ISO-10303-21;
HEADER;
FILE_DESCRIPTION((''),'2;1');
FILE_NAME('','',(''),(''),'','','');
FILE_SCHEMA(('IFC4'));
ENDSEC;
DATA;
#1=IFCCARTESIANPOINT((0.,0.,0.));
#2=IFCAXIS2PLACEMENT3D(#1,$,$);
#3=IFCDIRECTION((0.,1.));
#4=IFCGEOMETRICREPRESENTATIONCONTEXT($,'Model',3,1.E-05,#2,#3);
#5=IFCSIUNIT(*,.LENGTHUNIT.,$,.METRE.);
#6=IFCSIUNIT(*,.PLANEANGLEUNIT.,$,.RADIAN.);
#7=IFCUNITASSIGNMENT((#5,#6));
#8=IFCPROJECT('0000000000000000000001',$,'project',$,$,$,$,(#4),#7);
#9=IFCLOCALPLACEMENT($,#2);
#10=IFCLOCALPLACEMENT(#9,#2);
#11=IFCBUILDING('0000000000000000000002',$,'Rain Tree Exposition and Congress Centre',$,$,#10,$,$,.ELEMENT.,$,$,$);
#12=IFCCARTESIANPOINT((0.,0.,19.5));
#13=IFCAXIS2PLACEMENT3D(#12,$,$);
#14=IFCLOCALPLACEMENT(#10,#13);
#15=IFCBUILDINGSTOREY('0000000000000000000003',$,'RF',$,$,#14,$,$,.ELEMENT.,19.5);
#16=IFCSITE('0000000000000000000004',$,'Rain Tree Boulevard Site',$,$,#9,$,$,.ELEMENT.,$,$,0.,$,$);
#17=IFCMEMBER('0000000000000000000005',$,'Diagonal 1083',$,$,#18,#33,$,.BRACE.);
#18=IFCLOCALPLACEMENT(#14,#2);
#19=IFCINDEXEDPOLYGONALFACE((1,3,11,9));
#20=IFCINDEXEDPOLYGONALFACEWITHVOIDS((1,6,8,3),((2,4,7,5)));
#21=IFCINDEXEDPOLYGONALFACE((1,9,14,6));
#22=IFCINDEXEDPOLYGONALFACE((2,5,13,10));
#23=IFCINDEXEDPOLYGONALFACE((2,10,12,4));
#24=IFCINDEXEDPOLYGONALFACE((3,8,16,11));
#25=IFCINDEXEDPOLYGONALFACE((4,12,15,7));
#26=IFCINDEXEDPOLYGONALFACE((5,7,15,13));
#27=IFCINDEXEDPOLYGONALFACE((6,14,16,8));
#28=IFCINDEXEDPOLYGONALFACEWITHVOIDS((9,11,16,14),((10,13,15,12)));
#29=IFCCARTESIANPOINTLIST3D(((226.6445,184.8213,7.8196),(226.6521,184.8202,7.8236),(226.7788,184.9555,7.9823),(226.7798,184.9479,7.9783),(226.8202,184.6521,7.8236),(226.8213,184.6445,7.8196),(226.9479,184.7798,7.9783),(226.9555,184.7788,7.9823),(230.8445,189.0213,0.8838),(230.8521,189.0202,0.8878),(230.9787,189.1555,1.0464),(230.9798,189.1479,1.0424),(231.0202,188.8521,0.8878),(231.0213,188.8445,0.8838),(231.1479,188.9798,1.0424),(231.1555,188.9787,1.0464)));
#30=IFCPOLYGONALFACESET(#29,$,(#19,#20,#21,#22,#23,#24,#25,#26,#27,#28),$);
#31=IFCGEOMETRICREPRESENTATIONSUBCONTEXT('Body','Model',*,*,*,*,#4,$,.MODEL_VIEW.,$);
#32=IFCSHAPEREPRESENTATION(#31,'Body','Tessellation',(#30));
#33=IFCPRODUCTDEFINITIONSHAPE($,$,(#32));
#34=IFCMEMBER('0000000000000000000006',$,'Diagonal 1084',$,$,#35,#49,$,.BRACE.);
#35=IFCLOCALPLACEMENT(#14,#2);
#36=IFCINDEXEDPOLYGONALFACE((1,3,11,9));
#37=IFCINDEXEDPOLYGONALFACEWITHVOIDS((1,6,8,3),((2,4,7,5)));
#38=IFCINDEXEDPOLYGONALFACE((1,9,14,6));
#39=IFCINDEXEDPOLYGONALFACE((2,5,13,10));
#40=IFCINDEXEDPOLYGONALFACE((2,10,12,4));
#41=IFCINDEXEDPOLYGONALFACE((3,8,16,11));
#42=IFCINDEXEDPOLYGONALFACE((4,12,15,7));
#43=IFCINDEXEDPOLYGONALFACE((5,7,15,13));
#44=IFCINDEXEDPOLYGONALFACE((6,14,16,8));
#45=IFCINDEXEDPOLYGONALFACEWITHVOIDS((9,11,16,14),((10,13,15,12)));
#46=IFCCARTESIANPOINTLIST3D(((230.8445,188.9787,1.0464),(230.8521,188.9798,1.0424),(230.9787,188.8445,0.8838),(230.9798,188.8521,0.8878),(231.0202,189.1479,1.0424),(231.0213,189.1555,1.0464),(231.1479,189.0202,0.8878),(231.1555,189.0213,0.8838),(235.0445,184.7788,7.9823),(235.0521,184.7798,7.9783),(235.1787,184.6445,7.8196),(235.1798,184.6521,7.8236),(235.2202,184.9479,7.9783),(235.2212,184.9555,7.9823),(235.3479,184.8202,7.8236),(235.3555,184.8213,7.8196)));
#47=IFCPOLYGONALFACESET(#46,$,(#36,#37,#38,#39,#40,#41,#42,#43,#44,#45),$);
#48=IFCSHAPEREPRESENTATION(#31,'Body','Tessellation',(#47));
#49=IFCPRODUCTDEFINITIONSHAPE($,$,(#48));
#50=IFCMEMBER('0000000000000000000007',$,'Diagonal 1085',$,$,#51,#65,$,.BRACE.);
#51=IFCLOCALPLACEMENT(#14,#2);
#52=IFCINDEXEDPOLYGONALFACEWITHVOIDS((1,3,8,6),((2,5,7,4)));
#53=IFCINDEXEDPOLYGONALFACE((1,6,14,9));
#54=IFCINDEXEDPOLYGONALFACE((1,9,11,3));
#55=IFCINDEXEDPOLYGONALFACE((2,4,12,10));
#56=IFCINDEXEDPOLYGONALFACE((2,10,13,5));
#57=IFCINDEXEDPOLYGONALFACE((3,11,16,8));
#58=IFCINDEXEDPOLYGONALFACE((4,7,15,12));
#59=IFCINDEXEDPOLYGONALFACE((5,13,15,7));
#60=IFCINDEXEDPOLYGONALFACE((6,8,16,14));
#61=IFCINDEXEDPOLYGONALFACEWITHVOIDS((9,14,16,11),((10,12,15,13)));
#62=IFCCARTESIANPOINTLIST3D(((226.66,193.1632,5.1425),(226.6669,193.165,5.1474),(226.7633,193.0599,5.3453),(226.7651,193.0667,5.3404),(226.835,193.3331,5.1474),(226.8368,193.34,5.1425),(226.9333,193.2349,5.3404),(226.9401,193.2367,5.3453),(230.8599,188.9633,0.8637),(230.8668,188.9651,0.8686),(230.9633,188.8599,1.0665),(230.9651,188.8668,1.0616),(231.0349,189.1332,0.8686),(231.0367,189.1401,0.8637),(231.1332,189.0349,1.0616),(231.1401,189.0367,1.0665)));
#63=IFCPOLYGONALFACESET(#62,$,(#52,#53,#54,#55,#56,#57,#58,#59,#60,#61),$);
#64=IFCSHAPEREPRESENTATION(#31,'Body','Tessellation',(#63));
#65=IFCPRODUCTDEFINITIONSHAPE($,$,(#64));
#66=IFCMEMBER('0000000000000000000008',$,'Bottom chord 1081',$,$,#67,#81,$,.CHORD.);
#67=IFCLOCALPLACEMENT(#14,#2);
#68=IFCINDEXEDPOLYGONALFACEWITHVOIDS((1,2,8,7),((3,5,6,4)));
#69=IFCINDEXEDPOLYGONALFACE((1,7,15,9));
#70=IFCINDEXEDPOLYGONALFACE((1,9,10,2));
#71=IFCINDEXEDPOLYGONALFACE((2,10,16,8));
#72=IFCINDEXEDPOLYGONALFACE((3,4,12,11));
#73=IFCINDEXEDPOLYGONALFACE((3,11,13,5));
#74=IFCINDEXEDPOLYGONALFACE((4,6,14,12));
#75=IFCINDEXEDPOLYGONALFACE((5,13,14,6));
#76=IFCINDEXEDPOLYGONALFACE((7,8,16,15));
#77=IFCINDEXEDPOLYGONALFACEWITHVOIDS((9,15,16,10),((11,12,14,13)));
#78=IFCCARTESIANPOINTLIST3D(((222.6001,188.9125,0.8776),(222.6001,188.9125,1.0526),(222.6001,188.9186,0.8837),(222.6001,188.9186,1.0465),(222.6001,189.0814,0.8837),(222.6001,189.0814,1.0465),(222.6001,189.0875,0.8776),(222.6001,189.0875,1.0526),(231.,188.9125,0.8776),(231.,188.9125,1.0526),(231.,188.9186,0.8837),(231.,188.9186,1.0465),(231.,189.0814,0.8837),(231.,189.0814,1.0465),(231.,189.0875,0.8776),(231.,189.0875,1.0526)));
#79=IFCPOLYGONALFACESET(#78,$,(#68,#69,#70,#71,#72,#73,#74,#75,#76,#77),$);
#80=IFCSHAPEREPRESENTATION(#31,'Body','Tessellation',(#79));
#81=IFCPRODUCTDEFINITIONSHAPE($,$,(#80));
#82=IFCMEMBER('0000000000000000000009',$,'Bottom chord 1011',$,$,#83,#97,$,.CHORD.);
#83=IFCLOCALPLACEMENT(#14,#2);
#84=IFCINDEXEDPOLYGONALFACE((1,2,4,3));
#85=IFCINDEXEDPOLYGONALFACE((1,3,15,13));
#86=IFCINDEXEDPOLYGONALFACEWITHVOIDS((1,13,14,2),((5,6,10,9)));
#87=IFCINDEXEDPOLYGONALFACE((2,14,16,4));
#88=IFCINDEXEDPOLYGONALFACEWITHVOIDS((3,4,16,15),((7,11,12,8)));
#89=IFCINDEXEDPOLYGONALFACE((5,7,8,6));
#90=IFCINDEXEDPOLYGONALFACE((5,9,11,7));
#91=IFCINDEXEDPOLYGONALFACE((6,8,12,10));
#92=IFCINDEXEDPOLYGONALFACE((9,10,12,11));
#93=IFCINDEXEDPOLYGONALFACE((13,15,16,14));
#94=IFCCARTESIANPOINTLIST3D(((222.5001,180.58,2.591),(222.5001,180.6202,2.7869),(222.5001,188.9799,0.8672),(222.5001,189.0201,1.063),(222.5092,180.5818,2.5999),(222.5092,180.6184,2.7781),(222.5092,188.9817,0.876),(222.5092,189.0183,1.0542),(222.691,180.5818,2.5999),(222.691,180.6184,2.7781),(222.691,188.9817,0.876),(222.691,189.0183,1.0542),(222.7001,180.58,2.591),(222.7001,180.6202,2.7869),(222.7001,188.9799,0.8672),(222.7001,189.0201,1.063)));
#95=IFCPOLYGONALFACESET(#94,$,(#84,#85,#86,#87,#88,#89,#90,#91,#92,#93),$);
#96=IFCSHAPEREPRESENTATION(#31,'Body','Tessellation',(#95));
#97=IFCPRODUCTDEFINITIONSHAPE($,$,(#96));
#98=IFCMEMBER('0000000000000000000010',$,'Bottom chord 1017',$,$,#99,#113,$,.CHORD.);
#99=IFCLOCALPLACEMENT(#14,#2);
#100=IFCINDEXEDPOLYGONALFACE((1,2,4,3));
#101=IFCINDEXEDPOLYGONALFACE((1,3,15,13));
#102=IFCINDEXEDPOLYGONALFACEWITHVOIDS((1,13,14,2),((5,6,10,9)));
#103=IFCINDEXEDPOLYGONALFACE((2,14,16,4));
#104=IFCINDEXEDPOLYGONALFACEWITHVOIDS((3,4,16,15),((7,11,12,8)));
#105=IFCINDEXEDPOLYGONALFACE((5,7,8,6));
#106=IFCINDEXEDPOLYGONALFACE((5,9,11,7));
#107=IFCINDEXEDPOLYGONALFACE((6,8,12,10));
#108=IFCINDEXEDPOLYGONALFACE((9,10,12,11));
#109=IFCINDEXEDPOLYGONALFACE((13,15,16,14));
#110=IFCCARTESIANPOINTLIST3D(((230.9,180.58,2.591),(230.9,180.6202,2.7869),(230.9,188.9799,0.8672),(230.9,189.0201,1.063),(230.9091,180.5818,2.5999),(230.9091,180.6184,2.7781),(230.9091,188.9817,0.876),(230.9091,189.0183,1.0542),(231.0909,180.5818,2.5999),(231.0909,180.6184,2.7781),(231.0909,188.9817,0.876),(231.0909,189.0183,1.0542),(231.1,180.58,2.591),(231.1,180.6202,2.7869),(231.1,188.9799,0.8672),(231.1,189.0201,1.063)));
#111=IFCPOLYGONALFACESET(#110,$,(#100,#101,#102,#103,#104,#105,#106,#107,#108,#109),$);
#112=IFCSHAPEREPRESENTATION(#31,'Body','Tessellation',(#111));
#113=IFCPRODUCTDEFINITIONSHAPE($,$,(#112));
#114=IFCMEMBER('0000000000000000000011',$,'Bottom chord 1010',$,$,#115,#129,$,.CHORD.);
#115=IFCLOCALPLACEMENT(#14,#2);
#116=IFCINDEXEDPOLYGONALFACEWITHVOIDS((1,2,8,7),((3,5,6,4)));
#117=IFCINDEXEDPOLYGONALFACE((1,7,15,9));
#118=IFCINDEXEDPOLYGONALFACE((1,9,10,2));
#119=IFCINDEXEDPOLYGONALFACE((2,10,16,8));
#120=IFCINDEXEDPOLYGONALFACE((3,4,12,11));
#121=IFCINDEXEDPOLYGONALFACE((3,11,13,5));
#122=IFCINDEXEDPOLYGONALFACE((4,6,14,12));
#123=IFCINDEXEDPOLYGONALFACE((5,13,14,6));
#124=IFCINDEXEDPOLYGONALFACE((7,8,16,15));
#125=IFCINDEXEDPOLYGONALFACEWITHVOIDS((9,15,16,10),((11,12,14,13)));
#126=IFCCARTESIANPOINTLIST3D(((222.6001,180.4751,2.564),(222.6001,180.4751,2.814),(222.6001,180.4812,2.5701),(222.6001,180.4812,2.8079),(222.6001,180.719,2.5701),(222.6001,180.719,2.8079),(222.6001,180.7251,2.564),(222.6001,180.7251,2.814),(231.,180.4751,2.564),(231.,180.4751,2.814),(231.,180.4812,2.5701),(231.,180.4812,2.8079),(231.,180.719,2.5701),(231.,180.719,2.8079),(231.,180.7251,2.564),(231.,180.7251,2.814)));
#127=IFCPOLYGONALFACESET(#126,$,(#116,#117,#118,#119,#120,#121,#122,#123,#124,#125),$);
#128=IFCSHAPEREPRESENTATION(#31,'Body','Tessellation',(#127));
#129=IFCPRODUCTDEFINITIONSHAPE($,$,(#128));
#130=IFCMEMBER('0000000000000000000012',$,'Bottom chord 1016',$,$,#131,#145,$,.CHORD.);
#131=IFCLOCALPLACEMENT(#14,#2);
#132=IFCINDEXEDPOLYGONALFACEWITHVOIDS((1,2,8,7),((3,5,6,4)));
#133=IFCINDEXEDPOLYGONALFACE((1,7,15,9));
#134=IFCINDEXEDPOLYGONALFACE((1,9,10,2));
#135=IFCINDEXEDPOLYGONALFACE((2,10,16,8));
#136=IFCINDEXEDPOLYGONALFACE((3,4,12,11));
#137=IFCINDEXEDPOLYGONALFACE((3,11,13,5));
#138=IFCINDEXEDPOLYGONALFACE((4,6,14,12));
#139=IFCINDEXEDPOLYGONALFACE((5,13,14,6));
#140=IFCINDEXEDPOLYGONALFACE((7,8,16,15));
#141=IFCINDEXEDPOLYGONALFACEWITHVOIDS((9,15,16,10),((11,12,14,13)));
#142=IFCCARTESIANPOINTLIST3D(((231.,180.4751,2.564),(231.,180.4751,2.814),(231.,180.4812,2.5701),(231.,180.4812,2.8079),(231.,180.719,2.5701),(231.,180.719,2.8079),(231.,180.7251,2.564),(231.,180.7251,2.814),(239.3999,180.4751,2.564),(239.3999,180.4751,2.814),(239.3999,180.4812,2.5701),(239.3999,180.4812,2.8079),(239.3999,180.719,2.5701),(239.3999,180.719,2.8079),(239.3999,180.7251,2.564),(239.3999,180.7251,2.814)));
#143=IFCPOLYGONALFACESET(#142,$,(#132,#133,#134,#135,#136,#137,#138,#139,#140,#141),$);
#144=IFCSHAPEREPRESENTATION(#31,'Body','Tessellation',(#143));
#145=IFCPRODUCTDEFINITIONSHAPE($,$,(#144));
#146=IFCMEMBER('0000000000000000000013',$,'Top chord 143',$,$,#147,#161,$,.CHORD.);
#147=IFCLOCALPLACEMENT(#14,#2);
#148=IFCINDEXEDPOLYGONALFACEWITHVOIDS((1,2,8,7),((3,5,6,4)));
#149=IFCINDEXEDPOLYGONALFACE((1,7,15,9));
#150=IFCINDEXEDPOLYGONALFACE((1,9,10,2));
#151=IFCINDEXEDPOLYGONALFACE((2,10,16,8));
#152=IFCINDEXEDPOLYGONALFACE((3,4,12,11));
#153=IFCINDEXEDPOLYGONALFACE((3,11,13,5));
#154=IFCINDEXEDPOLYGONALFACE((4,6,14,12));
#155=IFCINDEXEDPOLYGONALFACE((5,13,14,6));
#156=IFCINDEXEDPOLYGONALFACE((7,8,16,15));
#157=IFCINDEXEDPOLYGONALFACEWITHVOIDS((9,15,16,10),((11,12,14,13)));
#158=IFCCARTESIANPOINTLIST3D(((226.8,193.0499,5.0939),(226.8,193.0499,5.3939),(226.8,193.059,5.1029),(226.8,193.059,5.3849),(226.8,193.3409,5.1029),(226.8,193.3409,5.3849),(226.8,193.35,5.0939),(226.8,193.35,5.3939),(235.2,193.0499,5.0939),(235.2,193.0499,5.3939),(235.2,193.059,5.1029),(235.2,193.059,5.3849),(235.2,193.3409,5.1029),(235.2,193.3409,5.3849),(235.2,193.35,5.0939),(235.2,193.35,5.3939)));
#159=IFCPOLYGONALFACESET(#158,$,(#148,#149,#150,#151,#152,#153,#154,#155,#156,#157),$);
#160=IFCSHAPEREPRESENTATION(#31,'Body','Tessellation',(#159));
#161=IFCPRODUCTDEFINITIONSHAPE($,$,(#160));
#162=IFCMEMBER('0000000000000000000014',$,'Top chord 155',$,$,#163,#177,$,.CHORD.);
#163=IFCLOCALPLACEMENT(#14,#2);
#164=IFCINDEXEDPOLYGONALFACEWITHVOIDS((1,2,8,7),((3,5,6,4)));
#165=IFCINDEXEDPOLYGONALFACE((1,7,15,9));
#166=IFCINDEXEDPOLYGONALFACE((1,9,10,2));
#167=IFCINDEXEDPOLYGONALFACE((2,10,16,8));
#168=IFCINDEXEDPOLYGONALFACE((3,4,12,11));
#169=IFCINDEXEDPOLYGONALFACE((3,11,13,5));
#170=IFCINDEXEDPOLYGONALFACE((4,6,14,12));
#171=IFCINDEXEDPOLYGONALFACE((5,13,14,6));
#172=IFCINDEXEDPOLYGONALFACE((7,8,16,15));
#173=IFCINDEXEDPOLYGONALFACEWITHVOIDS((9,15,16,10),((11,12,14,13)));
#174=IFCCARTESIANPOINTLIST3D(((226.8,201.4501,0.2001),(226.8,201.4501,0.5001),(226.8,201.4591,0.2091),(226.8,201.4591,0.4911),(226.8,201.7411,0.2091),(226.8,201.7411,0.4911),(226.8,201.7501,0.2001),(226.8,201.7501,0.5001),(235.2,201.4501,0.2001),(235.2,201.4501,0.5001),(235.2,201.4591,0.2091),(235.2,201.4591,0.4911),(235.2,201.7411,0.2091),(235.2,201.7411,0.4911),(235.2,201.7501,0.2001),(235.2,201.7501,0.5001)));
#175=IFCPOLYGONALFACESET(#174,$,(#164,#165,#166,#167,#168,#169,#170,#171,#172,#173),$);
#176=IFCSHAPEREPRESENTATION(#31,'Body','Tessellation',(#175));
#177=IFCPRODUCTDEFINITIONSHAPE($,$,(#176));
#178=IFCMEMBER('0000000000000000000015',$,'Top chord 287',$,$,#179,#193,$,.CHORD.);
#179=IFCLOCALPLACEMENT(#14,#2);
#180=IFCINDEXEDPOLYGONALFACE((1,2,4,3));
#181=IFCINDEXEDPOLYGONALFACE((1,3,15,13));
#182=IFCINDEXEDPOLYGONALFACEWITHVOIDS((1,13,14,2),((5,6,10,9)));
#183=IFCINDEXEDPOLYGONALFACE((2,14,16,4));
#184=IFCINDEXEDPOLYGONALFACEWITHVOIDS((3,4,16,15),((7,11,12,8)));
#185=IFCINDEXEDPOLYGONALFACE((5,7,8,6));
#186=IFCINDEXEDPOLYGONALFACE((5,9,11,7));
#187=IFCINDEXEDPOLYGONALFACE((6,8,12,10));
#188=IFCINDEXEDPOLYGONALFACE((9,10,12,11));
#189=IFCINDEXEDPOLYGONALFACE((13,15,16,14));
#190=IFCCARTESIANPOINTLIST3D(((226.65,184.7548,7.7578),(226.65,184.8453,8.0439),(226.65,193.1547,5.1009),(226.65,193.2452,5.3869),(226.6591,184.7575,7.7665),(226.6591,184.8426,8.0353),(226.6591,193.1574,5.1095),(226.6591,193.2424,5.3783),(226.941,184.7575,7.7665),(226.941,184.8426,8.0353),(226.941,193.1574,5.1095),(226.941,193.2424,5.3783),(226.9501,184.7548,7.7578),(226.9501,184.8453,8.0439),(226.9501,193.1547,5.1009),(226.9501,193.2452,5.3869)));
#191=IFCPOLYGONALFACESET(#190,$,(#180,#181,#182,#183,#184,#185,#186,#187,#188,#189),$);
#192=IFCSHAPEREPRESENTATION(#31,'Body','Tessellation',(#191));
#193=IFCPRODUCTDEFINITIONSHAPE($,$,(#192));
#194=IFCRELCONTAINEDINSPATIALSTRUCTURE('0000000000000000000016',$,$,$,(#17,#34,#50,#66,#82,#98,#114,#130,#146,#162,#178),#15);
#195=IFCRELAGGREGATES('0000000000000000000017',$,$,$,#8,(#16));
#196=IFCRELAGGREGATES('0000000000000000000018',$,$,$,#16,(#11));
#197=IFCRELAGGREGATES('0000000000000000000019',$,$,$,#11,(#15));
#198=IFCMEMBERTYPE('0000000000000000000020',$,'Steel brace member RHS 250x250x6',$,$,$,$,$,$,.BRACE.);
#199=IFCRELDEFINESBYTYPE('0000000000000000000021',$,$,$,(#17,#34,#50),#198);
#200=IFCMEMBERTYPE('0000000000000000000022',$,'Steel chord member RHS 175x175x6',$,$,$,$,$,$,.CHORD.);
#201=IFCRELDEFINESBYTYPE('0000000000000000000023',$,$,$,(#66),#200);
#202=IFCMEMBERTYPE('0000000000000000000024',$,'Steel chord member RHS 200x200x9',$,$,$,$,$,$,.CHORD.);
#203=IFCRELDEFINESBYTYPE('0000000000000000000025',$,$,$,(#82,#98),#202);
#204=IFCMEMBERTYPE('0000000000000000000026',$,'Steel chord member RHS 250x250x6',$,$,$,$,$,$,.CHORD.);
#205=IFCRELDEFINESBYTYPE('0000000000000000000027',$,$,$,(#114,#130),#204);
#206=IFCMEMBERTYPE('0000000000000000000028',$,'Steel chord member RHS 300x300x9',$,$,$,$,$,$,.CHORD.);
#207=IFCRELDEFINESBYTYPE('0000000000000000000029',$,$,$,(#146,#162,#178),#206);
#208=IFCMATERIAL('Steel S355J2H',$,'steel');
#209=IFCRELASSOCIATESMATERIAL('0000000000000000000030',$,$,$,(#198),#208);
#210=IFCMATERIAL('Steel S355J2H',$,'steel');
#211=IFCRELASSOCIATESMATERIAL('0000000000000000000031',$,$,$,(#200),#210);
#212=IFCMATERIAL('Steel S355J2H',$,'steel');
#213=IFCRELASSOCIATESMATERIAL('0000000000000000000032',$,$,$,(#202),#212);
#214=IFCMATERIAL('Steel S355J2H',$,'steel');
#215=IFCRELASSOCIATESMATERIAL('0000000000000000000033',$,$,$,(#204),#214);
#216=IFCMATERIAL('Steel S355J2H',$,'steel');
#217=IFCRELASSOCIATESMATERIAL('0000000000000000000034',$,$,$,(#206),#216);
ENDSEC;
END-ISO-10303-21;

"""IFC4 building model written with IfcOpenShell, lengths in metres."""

from ifc_helpers import new_model, si_unit, direction, frame, origin, origin_2d, place, context, subcontext, project, spatial, hollow_rectangle, extrude, material, material_profile, profile_set, type_object, element, save


model = new_model("IFC4")

# Units and contexts
model_context = context("Model", 3, precision=1e-05, world=origin(), true_north=direction((0.0, 1.0)))
body_context = subcontext(model_context, "Body", "Model", "MODEL_VIEW")
ifc_project = project(units=[si_unit("LENGTHUNIT", "METRE"), si_unit("PLANEANGLEUNIT", "RADIAN")], contexts=[model_context])

# Site, building, storey
site_placement = place(None, origin())
site = spatial("IfcSite", under=ifc_project, at=site_placement, Name="Rain Tree Boulevard Site", CompositionType="ELEMENT", RefElevation=0.0)
building_placement = place(site_placement, origin())
building = spatial("IfcBuilding", under=site, at=building_placement, Name="Rain Tree Exposition and Congress Centre", CompositionType="ELEMENT")
storey_placement = place(building_placement, frame((0.0, 0.0, 19.5)))
storey = spatial("IfcBuildingStorey", under=building, at=storey_placement, Name="RF", CompositionType="ELEMENT", Elevation=19.5)

# Members
ifc_material_1 = material(Name="Steel S355J2H", Category="steel")
ifc_material_profile_1 = material_profile(ifc_material_1, hollow_rectangle(XDim=0.25, YDim=0.25, WallThickness=0.0061, at=origin_2d()), Name="RHS 250x250x6")
ifc_profile_set_1 = profile_set([ifc_material_profile_1], Name="Steel S355J2H")
member_type_1 = type_object("IfcMemberType", Name="Steel brace member RHS 250x250x6", PredefinedType="BRACE", material=ifc_profile_set_1)
for number, where, z_axis, x_axis, name in (
    (1, (231.0, 189.0, 0.9651), (-0.459941, -0.459941, 0.759545), (0.707107, -0.707107, 0.0), "Diagonal 1083"),
    (2, (231.0, 189.0, 0.9651), (0.459941, -0.459941, 0.759545), (0.707107, 0.707107, 0.0), "Diagonal 1084"),
):
    element("IfcMember", number, at=place(storey_placement, frame(where, z_axis=z_axis, x_axis=x_axis)), inside=storey, type_object=member_type_1, Name=name, PredefinedType="BRACE", context=body_context, shape_type="SweptSolid", body=[
        extrude(hollow_rectangle(XDim=0.25, YDim=0.25, WallThickness=0.0061, at=origin_2d()), origin(), (0.0, 0.0, 1.0), 9.1316),
    ])
member_1_placement = place(storey_placement, frame((231.0, 189.0, 0.9651), z_axis=(-0.573737, 0.573737, 0.58451), x_axis=(-0.707107, -0.707107, 0.0)))
element("IfcMember", 3, at=member_1_placement, inside=storey, type_object=member_type_1, Name="Diagonal 1085", PredefinedType="BRACE", context=body_context, shape_type="SweptSolid", body=[
    extrude(hollow_rectangle(XDim=0.25, YDim=0.25, WallThickness=0.0061, at=origin_2d()), origin(), (0.0, 0.0, 1.0), 7.3203),
])
ifc_material_2 = material(Name="Steel S355J2H", Category="steel")
ifc_material_profile_2 = material_profile(ifc_material_2, hollow_rectangle(XDim=0.175, YDim=0.175, WallThickness=0.0061, at=origin_2d()), Name="RHS 175x175x6")
ifc_profile_set_2 = profile_set([ifc_material_profile_2], Name="Steel S355J2H")
member_type_2 = type_object("IfcMemberType", Name="Steel chord member RHS 175x175x6", PredefinedType="CHORD", material=ifc_profile_set_2)
member_2_placement = place(storey_placement, frame((222.6001, 189.0, 0.9651), z_axis=(1.0, 0.0, 0.0), x_axis=(0.0, 1.0, 0.0)))
element("IfcMember", 4, at=member_2_placement, inside=storey, type_object=member_type_2, Name="Bottom chord 1081", PredefinedType="CHORD", context=body_context, shape_type="SweptSolid", body=[
    extrude(hollow_rectangle(XDim=0.175, YDim=0.175, WallThickness=0.0061, at=origin_2d()), origin(), (0.0, 0.0, 1.0), 8.3999),
])
ifc_material_3 = material(Name="Steel S355J2H", Category="steel")
ifc_material_profile_3 = material_profile(ifc_material_3, hollow_rectangle(XDim=0.2, YDim=0.2, WallThickness=0.009, at=origin_2d()), Name="RHS 200x200x9")
ifc_profile_set_3 = profile_set([ifc_material_profile_3], Name="Steel S355J2H")
member_type_3 = type_object("IfcMemberType", Name="Steel chord member RHS 200x200x9", PredefinedType="CHORD", material=ifc_profile_set_3)
for number, where, z_axis, x_axis, name in (
    (5, (222.6001, 180.6001, 2.689), (0.0, 0.979584, -0.201036), (-1.0, 0.0, 0.0), "Bottom chord 1011"),
    (6, (231.0, 180.6001, 2.689), (0.0, 0.979584, -0.201036), (-1.0, 0.0, 0.0), "Bottom chord 1017"),
):
    element("IfcMember", number, at=place(storey_placement, frame(where, z_axis=z_axis, x_axis=x_axis)), inside=storey, type_object=member_type_3, Name=name, PredefinedType="CHORD", context=body_context, shape_type="SweptSolid", body=[
        extrude(hollow_rectangle(XDim=0.2, YDim=0.2, WallThickness=0.009, at=origin_2d()), origin(), (0.0, 0.0, 1.0), 8.575),
    ])
ifc_material_4 = material(Name="Steel S355J2H", Category="steel")
ifc_material_profile_4 = material_profile(ifc_material_4, hollow_rectangle(XDim=0.25, YDim=0.25, WallThickness=0.0061, at=origin_2d()), Name="RHS 250x250x6")
ifc_profile_set_4 = profile_set([ifc_material_profile_4], Name="Steel S355J2H")
member_type_4 = type_object("IfcMemberType", Name="Steel chord member RHS 250x250x6", PredefinedType="CHORD", material=ifc_profile_set_4)
for number, where, z_axis, x_axis, name in (
    (7, (222.6001, 180.6001, 2.689), (1.0, 0.0, 0.0), (0.0, 1.0, 0.0), "Bottom chord 1010"),
    (8, (231.0, 180.6001, 2.689), (1.0, 0.0, 0.0), (0.0, 1.0, 0.0), "Bottom chord 1016"),
):
    element("IfcMember", number, at=place(storey_placement, frame(where, z_axis=z_axis, x_axis=x_axis)), inside=storey, type_object=member_type_4, Name=name, PredefinedType="CHORD", context=body_context, shape_type="SweptSolid", body=[
        extrude(hollow_rectangle(XDim=0.25, YDim=0.25, WallThickness=0.0061, at=origin_2d()), origin(), (0.0, 0.0, 1.0), 8.3999),
    ])
ifc_material_5 = material(Name="Steel S355J2H", Category="steel")
ifc_material_profile_5 = material_profile(ifc_material_5, hollow_rectangle(XDim=0.3, YDim=0.3, WallThickness=0.009, at=origin_2d()), Name="RHS 300x300x9")
ifc_profile_set_5 = profile_set([ifc_material_profile_5], Name="Steel S355J2H")
member_type_5 = type_object("IfcMemberType", Name="Steel chord member RHS 300x300x9", PredefinedType="CHORD", material=ifc_profile_set_5)
for number, where, z_axis, x_axis, name in (
    (9, (226.8, 193.2, 5.2439), (1.0, 0.0, 0.0), (0.0, 1.0, 0.0), "Top chord 143"),
    (10, (226.8, 201.6001, 0.3501), (1.0, 0.0, 0.0), (0.0, 1.0, 0.0), "Top chord 155"),
):
    element("IfcMember", number, at=place(storey_placement, frame(where, z_axis=z_axis, x_axis=x_axis)), inside=storey, type_object=member_type_5, Name=name, PredefinedType="CHORD", context=body_context, shape_type="SweptSolid", body=[
        extrude(hollow_rectangle(XDim=0.3, YDim=0.3, WallThickness=0.009, at=origin_2d()), origin(), (0.0, 0.0, 1.0), 8.3999),
    ])
member_3_placement = place(storey_placement, frame((226.8, 184.8, 7.9009), z_axis=(0.0, 0.95344, -0.301584), x_axis=(-1.0, 0.0, 0.0)))
element("IfcMember", 11, at=member_3_placement, inside=storey, type_object=member_type_5, Name="Top chord 287", PredefinedType="CHORD", context=body_context, shape_type="SweptSolid", body=[
    extrude(hollow_rectangle(XDim=0.3, YDim=0.3, WallThickness=0.009, at=origin_2d()), origin(), (0.0, 0.0, 1.0), 8.8101),
])

save(model, "model.ifc")
